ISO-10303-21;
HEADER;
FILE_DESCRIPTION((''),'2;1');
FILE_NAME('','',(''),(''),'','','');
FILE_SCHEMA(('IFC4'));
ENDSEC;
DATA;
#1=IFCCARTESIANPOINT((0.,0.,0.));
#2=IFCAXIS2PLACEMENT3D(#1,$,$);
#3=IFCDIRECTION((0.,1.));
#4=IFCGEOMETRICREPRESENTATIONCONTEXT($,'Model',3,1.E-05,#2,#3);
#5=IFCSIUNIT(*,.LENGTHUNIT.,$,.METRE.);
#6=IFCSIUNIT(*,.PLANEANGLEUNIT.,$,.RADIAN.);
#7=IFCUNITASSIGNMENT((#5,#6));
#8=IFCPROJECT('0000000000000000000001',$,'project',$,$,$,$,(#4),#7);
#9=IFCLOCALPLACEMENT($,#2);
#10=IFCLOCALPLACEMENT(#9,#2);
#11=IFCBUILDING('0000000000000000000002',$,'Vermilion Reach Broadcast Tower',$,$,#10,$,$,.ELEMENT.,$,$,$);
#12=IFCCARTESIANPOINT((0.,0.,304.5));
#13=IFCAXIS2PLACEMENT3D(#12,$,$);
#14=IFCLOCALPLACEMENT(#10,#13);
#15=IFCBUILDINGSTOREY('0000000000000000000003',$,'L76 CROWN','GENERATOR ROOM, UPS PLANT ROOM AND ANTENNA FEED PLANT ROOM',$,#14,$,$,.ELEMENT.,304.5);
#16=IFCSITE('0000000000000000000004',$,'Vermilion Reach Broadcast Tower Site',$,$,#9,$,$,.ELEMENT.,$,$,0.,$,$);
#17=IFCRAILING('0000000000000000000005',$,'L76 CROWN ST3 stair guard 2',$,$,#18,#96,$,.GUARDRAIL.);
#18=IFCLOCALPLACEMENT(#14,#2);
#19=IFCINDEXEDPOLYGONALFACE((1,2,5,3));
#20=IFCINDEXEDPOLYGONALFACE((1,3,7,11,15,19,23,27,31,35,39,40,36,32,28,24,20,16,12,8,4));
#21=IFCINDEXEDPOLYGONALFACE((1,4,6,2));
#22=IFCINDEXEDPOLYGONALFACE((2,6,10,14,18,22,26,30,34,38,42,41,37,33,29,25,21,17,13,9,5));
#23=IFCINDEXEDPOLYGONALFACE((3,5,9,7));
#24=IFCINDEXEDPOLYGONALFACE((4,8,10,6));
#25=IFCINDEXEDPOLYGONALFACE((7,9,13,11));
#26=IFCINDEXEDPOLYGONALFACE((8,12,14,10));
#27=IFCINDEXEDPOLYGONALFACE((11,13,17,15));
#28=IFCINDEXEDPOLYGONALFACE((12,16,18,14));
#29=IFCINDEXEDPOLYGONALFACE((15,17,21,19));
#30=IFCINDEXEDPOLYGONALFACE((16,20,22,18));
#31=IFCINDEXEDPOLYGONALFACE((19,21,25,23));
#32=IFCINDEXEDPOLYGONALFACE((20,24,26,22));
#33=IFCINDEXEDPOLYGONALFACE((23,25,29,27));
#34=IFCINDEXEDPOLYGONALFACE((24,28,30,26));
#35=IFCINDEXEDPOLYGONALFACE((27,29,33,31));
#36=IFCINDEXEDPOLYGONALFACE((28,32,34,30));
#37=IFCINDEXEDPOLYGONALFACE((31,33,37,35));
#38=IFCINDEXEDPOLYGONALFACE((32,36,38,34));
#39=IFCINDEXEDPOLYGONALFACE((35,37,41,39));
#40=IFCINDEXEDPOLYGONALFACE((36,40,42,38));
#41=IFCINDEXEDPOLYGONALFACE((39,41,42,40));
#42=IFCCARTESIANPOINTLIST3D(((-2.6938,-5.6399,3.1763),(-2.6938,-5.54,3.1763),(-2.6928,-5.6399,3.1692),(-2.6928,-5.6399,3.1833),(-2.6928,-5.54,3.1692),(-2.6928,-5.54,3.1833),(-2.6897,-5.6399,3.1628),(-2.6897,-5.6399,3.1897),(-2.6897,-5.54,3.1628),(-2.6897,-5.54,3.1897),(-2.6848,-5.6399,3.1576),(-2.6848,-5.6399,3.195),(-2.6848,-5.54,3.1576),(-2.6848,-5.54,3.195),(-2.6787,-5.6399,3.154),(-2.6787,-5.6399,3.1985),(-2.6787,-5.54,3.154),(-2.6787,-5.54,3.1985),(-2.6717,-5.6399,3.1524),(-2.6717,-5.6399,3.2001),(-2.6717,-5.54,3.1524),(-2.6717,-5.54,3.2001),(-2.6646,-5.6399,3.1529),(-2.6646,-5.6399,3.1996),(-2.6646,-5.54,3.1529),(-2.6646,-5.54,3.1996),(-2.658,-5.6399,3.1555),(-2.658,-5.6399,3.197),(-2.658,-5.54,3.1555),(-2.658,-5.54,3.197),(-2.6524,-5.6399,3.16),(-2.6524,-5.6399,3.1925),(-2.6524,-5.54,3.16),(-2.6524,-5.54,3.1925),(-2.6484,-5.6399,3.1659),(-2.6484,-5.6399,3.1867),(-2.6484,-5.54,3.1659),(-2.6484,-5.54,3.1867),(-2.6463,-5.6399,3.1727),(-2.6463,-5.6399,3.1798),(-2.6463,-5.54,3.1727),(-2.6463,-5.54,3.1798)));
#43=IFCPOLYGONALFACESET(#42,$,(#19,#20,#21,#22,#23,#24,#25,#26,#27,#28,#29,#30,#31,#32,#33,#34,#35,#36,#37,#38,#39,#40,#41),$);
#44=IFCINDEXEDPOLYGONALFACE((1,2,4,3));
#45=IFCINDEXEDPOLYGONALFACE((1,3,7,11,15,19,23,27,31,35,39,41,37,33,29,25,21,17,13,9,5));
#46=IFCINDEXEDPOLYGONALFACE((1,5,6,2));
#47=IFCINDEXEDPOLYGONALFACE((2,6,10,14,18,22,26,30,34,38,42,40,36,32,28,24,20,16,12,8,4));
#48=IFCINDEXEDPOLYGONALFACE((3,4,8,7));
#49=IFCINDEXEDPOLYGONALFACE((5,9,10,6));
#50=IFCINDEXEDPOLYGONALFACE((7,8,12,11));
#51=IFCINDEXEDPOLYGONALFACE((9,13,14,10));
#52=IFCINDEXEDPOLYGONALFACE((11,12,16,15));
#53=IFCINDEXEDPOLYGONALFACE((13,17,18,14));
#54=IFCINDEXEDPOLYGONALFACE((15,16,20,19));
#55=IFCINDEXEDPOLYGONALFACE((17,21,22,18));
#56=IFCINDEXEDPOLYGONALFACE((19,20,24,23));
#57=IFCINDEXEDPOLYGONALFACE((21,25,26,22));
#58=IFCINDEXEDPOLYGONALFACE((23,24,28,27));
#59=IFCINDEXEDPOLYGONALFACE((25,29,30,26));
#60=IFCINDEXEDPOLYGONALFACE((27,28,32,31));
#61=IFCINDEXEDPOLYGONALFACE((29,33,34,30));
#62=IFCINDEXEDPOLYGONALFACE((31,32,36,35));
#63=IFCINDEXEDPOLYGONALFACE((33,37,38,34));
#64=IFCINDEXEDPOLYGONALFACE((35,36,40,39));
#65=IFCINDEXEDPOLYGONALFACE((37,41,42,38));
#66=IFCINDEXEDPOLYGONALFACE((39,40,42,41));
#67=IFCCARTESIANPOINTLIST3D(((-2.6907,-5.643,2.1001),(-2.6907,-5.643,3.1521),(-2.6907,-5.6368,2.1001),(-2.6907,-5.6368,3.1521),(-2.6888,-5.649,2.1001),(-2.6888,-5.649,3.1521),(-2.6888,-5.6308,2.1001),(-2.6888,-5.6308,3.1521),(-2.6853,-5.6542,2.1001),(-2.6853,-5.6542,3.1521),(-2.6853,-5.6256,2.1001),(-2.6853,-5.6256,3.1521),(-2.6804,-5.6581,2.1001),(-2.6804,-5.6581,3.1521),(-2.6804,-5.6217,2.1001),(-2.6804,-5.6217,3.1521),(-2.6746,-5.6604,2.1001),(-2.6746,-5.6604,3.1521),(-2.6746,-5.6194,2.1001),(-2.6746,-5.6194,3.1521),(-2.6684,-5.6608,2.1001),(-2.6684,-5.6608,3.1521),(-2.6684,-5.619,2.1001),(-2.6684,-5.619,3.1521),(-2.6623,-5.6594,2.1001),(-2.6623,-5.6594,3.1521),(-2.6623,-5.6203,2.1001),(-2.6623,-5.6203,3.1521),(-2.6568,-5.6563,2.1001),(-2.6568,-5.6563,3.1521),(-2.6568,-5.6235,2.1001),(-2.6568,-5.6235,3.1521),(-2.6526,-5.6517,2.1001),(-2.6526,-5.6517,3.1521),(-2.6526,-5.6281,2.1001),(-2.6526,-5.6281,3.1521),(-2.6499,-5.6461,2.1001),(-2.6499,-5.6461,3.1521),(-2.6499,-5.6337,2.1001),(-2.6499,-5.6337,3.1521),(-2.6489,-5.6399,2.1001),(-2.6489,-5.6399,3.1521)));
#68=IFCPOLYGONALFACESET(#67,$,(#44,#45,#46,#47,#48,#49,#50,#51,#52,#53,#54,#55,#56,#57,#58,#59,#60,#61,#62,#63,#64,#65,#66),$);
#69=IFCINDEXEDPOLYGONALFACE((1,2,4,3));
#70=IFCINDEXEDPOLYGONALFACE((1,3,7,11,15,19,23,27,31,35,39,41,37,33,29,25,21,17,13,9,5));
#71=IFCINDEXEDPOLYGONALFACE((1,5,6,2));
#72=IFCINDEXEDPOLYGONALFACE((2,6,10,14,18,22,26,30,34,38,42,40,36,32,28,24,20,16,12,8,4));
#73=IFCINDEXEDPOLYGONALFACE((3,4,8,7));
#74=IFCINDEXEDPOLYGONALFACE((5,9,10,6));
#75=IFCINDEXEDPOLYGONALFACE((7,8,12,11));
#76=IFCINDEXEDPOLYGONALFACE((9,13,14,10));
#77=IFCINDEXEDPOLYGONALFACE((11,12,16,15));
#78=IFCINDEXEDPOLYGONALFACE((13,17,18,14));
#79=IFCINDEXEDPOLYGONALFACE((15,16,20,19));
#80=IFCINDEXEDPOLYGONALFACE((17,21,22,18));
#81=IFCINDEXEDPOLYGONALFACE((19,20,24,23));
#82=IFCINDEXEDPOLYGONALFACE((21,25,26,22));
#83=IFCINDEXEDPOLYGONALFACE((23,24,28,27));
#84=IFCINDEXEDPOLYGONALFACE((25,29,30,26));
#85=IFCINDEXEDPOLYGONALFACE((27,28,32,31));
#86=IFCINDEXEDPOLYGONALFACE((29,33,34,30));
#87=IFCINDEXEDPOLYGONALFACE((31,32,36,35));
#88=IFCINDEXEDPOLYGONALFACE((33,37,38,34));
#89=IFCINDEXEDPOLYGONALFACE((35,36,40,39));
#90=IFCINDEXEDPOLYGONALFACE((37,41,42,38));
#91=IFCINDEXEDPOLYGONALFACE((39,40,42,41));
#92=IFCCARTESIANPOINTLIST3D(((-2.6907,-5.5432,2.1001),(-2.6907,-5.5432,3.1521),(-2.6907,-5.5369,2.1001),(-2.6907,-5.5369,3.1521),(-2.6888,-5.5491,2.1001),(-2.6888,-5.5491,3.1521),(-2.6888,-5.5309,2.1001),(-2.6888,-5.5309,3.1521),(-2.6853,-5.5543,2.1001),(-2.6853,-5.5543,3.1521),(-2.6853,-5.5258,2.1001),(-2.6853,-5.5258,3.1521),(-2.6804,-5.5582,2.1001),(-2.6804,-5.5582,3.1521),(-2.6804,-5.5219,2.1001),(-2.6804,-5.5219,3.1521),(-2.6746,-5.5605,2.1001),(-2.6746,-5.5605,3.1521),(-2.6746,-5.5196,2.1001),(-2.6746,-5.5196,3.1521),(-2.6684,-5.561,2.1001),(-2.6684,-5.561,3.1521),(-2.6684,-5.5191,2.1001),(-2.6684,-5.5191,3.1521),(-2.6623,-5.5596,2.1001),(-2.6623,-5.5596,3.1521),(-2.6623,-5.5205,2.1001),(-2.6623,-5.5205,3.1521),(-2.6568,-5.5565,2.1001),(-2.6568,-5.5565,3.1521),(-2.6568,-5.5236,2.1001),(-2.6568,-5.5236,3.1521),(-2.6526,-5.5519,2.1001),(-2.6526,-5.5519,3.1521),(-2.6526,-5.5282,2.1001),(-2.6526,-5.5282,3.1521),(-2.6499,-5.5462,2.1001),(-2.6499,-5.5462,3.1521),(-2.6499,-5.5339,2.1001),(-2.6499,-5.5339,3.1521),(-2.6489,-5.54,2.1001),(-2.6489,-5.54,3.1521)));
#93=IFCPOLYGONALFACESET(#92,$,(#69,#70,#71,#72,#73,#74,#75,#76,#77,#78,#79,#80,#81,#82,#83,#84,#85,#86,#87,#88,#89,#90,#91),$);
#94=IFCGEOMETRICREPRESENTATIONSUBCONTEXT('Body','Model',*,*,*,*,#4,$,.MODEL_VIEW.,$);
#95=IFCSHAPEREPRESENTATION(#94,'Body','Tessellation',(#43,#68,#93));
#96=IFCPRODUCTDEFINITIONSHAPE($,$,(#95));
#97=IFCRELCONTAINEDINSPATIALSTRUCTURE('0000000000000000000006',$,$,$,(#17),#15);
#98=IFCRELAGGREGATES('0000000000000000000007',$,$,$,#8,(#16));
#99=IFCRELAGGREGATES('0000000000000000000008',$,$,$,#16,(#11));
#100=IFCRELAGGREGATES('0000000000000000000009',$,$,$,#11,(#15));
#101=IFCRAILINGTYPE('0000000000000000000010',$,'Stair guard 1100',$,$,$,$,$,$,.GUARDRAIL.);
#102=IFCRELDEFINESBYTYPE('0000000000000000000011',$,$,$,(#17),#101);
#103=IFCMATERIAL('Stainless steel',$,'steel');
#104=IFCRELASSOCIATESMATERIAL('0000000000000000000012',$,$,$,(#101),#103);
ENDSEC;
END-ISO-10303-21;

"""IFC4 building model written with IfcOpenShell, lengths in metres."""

from ifc_helpers import new_model, si_unit, direction, frame, origin, origin_2d, place, context, subcontext, project, spatial, circle, extrude, material, type_object, element, save


model = new_model("IFC4")

# Units and contexts
model_context = context("Model", 3, precision=1e-05, world=origin(), true_north=direction((0.0, 1.0)))
body_context = subcontext(model_context, "Body", "Model", "MODEL_VIEW")
ifc_project = project(units=[si_unit("LENGTHUNIT", "METRE"), si_unit("PLANEANGLEUNIT", "RADIAN")], contexts=[model_context])

# Site, building, storey
site_placement = place(None, origin())
site = spatial("IfcSite", under=ifc_project, at=site_placement, Name="Vermilion Reach Broadcast Tower Site", CompositionType="ELEMENT", RefElevation=0.0)
building_placement = place(site_placement, origin())
building = spatial("IfcBuilding", under=site, at=building_placement, Name="Vermilion Reach Broadcast Tower", CompositionType="ELEMENT")
storey_placement = place(building_placement, frame((0.0, 0.0, 304.5)))
storey = spatial("IfcBuildingStorey", under=building, at=storey_placement, Name="L76 CROWN", Description="GENERATOR ROOM, UPS PLANT ROOM AND ANTENNA FEED PLANT ROOM", CompositionType="ELEMENT", Elevation=304.5)

# Railing
ifc_material_1 = material(Name="Stainless steel", Category="steel")
railing_type_1 = type_object("IfcRailingType", Name="Stair guard 1100", PredefinedType="GUARDRAIL", material=ifc_material_1)
railing_1_placement = place(storey_placement, frame((-2.6699, -5.6399, 2.1001)))
element("IfcRailing", 1, at=railing_1_placement, inside=storey, type_object=railing_type_1, Name="L76 CROWN ST3 stair guard 2", PredefinedType="GUARDRAIL", context=body_context, shape_type="SweptSolid", body=[
    extrude(circle(Radius=0.0239, at=origin_2d()), frame((0.0, 0.0, 1.0762), z_axis=(0.0, 1.0, 0.0), x_axis=(-1.0, 0.0, 0.0)), (0.0, 0.0, 1.0), 0.0999),
    extrude(circle(Radius=0.021, at=origin_2d()), origin(), (0.0, 0.0, 1.0), 1.052),
    extrude(circle(Radius=0.021, at=origin_2d()), frame((0.0, 0.0999, 0.0)), (0.0, 0.0, 1.0), 1.052),
])

save(model, "model.ifc")
